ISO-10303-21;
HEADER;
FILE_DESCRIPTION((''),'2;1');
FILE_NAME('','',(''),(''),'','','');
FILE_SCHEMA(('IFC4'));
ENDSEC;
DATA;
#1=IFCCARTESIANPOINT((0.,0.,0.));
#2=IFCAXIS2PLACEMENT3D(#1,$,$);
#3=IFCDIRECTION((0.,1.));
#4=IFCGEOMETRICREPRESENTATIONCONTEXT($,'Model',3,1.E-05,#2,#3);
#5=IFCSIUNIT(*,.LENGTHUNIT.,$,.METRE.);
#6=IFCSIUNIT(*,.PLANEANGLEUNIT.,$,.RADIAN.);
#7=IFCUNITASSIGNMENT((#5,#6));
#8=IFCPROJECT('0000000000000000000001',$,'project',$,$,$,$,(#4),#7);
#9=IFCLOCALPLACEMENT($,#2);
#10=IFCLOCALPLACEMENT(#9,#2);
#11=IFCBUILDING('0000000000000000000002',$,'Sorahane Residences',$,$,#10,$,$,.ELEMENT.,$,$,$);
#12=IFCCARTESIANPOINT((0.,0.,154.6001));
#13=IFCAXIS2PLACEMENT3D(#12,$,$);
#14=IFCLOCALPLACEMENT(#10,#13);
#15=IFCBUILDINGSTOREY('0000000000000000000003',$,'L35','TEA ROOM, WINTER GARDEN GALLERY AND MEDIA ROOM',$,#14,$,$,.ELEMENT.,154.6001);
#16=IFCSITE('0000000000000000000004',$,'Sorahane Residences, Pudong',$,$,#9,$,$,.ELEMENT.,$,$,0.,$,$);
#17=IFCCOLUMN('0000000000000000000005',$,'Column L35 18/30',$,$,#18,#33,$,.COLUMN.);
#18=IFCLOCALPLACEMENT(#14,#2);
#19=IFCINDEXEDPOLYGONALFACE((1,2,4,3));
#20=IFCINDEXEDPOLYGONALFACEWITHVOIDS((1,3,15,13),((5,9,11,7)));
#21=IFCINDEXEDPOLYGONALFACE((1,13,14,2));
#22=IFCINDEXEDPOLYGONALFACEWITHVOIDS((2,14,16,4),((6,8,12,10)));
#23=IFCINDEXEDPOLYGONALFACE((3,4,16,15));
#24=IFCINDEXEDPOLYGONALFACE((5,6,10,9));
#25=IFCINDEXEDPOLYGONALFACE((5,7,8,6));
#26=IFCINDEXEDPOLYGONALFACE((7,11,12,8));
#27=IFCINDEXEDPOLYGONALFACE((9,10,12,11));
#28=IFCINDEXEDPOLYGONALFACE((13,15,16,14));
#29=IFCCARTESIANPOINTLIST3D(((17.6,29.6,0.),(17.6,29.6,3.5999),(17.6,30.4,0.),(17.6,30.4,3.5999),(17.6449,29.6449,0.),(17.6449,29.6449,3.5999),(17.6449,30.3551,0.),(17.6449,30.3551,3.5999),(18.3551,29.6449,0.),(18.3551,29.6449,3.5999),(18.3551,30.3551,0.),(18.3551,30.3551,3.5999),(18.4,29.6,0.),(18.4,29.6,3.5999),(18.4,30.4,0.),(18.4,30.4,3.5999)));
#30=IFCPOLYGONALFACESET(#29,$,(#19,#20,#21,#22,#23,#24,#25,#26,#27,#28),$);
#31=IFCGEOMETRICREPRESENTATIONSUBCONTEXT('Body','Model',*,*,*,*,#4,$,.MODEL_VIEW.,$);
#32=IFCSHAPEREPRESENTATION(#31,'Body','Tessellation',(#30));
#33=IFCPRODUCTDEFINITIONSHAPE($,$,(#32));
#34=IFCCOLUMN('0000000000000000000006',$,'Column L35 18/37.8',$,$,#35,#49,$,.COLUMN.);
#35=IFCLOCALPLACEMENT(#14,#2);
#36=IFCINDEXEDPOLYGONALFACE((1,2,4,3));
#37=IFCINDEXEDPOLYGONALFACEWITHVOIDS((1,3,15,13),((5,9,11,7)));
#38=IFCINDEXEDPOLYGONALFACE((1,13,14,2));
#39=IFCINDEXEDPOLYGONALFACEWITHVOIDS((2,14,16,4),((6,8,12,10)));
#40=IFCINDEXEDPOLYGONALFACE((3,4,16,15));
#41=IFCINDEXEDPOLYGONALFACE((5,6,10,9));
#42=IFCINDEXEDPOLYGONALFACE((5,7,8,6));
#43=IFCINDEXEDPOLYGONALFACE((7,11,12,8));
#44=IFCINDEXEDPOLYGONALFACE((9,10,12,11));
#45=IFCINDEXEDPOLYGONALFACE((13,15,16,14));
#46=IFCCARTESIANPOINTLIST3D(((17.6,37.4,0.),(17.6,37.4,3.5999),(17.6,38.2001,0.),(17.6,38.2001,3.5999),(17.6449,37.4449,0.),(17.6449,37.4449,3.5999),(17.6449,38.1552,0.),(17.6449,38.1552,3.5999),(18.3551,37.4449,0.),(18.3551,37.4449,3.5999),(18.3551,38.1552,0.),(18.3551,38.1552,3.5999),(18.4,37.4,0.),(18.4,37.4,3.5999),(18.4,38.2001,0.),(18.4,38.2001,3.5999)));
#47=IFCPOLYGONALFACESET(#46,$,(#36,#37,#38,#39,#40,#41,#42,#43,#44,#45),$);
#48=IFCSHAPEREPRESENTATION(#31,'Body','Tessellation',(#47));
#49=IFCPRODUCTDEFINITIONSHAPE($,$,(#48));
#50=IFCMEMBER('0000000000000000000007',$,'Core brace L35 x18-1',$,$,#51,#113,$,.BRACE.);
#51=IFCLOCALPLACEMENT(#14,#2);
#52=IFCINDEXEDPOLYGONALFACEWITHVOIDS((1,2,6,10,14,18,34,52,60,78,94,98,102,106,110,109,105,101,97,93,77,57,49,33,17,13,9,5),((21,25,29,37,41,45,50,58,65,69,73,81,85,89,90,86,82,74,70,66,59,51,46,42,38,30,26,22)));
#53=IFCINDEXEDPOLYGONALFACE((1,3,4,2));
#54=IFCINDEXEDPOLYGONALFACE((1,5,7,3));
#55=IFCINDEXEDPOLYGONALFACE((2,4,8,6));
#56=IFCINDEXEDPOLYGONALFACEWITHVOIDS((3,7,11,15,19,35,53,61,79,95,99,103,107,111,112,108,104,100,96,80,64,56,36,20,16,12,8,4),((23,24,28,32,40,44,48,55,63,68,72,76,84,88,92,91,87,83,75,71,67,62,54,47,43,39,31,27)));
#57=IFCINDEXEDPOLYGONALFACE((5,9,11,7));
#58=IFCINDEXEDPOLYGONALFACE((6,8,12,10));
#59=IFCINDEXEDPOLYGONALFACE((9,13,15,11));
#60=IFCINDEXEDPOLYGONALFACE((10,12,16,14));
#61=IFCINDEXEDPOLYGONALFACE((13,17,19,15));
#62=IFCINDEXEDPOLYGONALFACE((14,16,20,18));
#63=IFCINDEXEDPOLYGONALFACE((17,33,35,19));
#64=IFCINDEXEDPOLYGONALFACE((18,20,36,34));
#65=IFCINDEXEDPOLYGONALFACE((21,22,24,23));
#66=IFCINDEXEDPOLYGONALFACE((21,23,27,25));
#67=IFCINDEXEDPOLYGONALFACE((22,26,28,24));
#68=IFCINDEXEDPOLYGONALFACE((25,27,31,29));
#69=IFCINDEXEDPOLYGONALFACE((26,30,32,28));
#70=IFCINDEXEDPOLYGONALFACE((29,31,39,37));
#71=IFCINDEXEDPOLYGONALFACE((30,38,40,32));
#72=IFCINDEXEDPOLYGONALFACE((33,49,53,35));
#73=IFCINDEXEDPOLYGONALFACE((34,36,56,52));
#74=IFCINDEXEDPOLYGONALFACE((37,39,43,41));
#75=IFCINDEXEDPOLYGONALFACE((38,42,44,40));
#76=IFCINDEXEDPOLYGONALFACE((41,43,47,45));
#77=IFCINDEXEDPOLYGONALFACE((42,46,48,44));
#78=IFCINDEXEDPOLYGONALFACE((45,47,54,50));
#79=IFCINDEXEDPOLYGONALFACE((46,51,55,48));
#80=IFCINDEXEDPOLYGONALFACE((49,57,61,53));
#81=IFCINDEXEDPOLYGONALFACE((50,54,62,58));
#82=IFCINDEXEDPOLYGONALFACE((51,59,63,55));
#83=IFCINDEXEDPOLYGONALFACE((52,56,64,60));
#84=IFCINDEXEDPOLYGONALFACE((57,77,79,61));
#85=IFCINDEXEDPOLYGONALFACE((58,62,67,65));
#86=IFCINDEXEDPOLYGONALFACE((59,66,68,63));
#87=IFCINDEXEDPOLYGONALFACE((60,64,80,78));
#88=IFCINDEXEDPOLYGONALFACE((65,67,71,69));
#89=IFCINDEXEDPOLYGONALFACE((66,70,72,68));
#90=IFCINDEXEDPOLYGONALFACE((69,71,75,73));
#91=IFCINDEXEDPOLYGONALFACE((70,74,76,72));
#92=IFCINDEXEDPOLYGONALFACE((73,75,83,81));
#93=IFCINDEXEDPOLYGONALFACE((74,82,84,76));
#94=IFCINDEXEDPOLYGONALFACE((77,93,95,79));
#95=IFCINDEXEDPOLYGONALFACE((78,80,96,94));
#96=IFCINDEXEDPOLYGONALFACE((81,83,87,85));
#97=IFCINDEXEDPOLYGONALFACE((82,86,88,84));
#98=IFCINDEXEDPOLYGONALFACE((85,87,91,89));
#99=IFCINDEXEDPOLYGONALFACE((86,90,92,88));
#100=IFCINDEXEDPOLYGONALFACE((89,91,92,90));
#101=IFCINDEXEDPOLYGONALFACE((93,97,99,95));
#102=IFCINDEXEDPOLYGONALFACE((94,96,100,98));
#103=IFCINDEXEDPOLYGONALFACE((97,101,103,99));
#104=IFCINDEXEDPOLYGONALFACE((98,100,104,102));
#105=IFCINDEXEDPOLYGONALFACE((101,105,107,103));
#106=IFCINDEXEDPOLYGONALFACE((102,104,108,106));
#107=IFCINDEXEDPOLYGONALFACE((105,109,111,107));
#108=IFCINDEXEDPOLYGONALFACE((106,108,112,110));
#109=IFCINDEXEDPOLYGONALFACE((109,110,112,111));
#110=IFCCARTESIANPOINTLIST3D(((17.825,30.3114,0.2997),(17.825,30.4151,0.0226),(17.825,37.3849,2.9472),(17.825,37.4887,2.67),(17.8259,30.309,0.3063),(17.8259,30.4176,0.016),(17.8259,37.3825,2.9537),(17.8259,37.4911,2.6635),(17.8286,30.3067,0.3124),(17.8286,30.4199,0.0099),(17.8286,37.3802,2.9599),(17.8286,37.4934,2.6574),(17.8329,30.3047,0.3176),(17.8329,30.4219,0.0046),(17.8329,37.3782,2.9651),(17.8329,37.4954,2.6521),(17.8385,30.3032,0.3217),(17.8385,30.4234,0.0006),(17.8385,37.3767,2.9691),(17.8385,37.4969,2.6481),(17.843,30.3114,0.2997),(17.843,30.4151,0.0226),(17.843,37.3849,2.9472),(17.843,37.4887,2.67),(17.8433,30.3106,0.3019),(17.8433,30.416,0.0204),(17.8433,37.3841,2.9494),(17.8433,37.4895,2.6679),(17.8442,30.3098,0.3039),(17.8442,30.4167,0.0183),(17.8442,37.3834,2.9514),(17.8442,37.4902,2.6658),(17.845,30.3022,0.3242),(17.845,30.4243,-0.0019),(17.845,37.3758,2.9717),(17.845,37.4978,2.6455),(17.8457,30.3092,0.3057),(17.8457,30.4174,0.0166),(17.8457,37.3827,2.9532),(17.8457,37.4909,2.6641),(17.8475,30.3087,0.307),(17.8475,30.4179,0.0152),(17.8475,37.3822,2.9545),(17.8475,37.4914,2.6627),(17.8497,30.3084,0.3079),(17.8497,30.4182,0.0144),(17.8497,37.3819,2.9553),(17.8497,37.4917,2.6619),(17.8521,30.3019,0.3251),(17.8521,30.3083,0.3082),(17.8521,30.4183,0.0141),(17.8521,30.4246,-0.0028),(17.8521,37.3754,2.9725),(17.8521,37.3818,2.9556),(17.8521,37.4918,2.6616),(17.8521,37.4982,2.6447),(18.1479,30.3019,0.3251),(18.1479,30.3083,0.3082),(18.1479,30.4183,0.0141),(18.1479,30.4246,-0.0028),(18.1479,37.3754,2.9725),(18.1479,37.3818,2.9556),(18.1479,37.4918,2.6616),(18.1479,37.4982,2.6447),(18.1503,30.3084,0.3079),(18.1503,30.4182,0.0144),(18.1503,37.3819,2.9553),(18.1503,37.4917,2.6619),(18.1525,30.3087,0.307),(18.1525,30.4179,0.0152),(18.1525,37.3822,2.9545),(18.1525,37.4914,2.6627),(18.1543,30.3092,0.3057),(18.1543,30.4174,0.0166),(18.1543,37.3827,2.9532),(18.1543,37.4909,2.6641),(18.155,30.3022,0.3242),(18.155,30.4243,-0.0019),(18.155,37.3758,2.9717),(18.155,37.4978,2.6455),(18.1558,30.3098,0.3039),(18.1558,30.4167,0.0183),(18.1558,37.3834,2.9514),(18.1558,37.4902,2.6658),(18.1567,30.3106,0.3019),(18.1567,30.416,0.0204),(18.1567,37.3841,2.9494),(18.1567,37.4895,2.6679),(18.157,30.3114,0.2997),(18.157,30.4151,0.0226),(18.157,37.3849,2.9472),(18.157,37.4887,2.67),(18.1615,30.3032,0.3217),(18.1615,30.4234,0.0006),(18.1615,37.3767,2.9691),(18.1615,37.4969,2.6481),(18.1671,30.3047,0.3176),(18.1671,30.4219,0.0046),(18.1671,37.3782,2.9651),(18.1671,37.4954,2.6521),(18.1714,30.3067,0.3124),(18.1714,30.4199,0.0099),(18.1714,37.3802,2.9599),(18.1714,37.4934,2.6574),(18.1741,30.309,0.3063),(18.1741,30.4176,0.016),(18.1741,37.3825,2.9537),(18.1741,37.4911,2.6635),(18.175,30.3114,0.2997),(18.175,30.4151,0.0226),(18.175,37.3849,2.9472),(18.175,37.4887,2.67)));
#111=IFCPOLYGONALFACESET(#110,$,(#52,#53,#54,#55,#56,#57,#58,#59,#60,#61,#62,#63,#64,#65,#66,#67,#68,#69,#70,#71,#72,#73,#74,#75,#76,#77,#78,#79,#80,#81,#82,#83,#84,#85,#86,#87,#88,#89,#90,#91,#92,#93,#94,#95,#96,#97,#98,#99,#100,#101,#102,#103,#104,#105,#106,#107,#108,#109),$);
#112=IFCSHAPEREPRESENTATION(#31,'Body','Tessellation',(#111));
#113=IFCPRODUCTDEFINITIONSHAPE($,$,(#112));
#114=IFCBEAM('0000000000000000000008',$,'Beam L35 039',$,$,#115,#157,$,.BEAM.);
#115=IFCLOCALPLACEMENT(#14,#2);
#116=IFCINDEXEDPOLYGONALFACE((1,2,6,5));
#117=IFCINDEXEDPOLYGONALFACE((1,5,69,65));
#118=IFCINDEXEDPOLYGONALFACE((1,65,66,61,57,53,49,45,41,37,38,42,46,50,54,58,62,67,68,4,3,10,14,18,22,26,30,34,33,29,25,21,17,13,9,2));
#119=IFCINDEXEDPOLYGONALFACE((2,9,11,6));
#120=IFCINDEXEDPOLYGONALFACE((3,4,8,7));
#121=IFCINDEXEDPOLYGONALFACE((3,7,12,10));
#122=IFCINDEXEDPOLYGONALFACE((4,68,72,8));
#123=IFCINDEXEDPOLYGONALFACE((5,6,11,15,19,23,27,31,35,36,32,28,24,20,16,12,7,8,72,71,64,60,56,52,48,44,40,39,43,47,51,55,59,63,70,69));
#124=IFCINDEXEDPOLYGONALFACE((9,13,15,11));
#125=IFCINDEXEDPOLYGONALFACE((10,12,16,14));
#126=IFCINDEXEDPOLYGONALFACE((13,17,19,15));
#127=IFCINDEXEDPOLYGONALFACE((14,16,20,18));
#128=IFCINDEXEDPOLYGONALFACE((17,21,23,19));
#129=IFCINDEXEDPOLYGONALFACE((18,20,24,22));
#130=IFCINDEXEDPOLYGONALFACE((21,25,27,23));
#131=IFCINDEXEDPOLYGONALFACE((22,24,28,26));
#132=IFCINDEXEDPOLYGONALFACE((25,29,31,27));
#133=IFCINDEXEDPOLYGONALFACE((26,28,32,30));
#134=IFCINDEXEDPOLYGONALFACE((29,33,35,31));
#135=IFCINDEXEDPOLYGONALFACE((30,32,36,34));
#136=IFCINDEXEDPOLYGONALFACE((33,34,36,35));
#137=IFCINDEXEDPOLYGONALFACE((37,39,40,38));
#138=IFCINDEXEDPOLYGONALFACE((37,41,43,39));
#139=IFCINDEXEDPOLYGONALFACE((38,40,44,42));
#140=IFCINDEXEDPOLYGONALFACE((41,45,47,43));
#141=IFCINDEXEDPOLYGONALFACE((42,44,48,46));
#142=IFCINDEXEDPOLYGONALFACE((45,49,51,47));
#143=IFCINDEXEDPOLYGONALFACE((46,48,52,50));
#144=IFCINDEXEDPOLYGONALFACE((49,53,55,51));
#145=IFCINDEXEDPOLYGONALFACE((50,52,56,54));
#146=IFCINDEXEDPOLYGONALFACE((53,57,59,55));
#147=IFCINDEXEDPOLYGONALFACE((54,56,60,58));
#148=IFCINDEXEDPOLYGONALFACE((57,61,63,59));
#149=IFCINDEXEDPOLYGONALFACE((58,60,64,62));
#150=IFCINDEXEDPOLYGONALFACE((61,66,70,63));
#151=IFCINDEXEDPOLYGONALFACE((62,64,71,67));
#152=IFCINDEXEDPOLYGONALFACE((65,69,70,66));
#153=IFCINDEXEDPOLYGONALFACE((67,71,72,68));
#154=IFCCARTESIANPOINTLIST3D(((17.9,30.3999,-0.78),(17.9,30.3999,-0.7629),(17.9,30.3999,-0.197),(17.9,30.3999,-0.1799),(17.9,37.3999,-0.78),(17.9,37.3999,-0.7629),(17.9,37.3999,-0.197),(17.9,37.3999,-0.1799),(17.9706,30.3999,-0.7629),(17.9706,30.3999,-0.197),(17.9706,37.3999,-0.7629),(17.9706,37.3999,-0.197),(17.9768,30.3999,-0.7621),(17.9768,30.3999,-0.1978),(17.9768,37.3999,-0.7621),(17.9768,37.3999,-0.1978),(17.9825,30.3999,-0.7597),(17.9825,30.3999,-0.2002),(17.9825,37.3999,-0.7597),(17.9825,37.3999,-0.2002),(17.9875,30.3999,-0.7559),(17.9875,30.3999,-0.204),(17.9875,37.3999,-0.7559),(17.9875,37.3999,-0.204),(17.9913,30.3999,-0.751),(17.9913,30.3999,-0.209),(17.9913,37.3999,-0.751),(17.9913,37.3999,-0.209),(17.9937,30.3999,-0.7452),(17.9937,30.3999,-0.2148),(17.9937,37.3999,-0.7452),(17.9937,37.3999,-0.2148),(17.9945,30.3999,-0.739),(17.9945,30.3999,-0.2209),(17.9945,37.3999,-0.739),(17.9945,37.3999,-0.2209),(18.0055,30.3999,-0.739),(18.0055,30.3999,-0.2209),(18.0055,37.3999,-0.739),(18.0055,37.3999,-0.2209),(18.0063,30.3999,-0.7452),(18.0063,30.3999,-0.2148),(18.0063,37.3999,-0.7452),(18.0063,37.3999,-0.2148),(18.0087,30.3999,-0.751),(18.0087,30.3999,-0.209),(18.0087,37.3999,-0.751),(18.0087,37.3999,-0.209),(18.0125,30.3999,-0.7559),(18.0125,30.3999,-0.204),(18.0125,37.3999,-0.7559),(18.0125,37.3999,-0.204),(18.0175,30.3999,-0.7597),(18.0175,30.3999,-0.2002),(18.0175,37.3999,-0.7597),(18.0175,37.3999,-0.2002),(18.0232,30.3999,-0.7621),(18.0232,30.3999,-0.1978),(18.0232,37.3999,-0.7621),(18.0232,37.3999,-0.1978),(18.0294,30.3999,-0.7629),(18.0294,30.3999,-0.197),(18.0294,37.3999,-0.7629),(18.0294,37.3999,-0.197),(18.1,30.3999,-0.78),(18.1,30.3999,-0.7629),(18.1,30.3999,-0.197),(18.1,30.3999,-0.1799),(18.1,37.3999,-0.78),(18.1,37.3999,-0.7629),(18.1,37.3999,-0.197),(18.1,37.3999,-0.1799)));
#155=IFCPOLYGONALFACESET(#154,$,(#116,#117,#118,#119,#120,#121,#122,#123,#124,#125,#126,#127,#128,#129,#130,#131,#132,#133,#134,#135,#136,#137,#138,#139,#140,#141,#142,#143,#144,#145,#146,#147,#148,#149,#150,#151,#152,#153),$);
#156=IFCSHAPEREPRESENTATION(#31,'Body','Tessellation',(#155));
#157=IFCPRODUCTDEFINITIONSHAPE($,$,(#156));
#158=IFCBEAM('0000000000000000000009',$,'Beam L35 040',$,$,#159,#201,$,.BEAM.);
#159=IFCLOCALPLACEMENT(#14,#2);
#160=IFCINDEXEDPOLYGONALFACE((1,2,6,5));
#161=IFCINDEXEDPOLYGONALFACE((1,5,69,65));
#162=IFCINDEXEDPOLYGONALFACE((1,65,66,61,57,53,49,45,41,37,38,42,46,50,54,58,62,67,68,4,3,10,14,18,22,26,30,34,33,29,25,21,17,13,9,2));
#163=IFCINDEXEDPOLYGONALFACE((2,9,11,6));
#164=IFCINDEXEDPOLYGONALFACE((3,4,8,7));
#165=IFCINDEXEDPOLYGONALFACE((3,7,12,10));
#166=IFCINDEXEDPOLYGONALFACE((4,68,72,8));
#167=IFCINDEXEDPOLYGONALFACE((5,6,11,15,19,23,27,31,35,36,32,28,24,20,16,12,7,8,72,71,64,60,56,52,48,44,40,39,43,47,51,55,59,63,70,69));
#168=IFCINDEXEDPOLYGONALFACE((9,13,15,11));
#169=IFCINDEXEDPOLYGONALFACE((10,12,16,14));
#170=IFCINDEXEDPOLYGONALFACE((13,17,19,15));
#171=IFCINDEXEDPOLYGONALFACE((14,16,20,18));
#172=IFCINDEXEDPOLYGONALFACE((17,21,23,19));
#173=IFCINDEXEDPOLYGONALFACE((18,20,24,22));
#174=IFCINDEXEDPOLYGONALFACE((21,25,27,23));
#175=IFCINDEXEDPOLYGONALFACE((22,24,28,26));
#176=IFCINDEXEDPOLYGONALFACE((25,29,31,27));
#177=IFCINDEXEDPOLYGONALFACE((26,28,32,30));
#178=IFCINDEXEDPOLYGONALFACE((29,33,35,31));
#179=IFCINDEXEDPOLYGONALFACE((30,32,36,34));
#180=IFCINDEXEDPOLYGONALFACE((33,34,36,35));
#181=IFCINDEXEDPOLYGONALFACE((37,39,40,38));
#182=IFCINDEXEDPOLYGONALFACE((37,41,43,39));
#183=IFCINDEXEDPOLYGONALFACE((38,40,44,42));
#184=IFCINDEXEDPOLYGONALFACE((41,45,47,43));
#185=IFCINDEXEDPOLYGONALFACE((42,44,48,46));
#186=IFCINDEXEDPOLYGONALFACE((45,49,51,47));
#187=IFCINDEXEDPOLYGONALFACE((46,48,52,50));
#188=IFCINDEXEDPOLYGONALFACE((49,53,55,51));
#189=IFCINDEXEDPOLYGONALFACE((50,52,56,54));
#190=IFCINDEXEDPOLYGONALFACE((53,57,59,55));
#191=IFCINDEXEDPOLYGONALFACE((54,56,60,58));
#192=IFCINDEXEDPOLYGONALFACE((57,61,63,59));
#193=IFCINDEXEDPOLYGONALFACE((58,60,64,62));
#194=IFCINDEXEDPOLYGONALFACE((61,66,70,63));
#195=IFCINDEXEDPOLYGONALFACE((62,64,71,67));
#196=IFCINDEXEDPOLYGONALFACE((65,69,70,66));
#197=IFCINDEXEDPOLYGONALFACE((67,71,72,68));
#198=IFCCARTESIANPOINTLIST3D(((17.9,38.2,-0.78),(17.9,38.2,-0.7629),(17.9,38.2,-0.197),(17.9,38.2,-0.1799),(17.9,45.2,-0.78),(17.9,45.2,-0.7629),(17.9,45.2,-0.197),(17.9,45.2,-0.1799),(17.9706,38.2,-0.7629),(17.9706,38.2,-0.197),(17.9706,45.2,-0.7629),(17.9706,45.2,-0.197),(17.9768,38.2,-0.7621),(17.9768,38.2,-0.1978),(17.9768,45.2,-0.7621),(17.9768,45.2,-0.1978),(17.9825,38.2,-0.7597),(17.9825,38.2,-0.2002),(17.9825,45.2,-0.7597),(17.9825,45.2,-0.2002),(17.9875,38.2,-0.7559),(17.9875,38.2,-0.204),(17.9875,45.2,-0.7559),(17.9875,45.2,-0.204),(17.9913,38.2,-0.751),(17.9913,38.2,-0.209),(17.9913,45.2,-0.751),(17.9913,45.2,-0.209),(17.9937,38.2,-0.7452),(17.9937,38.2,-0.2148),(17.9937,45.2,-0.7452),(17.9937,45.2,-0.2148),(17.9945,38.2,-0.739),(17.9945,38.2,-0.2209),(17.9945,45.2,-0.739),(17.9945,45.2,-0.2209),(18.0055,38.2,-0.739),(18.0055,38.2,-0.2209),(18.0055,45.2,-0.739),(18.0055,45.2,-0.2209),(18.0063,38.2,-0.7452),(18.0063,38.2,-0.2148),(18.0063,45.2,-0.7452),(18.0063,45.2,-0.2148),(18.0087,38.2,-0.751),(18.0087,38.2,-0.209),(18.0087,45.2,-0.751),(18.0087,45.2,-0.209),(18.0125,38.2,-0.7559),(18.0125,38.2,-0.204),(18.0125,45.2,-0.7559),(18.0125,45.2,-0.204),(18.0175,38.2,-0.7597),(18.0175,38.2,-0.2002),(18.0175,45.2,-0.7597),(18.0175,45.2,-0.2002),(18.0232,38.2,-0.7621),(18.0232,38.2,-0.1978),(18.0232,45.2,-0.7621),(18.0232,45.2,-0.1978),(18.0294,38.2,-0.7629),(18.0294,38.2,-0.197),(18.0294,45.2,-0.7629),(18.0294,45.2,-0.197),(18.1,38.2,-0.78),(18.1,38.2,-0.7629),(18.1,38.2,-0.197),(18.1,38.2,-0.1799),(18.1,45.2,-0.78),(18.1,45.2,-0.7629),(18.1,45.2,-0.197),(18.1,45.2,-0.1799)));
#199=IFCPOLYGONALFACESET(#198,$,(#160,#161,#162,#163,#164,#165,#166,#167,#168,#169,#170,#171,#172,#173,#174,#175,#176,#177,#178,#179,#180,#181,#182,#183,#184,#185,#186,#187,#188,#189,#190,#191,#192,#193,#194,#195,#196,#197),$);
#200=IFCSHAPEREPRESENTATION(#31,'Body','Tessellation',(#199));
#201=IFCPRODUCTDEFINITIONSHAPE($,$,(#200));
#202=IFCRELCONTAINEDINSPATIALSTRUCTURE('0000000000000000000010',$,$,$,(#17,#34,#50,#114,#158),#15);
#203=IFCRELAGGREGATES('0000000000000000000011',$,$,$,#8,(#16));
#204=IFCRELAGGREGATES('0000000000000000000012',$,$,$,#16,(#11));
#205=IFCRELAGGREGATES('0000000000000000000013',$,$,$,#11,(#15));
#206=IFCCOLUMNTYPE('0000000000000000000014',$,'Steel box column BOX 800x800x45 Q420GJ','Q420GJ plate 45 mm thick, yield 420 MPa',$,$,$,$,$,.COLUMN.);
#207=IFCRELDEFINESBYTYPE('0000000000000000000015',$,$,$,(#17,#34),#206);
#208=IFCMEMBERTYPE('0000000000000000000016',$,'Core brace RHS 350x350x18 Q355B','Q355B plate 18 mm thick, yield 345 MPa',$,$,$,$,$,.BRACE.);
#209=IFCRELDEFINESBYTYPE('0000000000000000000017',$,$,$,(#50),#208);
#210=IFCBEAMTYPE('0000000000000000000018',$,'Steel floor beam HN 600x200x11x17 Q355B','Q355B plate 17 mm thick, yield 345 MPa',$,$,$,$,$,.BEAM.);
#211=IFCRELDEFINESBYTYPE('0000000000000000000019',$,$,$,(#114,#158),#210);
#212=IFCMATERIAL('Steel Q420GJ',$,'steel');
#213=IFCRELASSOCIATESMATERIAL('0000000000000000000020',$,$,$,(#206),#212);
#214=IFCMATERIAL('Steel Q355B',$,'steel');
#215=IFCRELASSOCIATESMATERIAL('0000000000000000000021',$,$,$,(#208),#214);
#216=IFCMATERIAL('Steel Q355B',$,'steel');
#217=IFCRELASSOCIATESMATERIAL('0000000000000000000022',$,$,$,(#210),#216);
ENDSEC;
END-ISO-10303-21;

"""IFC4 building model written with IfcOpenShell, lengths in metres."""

from ifc_helpers import new_model, si_unit, direction, frame, origin, origin_2d, place, context, subcontext, project, spatial, hollow_rectangle, i_section, extrude, material, material_profile, profile_set, type_object, element, save


model = new_model("IFC4")

# Units and contexts
model_context = context("Model", 3, precision=1e-05, world=origin(), true_north=direction((0.0, 1.0)))
body_context = subcontext(model_context, "Body", "Model", "MODEL_VIEW")
ifc_project = project(units=[si_unit("LENGTHUNIT", "METRE"), si_unit("PLANEANGLEUNIT", "RADIAN")], contexts=[model_context])

# Site, building, storey
site_placement = place(None, origin())
site = spatial("IfcSite", under=ifc_project, at=site_placement, Name="Sorahane Residences, Pudong", CompositionType="ELEMENT", RefElevation=0.0)
building_placement = place(site_placement, origin())
building = spatial("IfcBuilding", under=site, at=building_placement, Name="Sorahane Residences", CompositionType="ELEMENT")
storey_placement = place(building_placement, frame((0.0, 0.0, 154.6001)))
storey = spatial("IfcBuildingStorey", under=building, at=storey_placement, Name="L35", Description="TEA ROOM, WINTER GARDEN GALLERY AND MEDIA ROOM", CompositionType="ELEMENT", Elevation=154.6001)

# Columns
ifc_material_1 = material(Name="Steel Q420GJ", Category="steel")
ifc_material_profile_1 = material_profile(ifc_material_1, hollow_rectangle(XDim=0.8, YDim=0.8, WallThickness=0.0449, at=origin_2d()), Name="BOX 800x800x45")
ifc_profile_set_1 = profile_set([ifc_material_profile_1], Name="Steel Q420GJ")
column_type = type_object("IfcColumnType", Name="Steel box column BOX 800x800x45 Q420GJ", Description="Q420GJ plate 45 mm thick, yield 420 MPa", PredefinedType="COLUMN", material=ifc_profile_set_1)
for number, where, z_axis, x_axis, name in (
    (1, (18.0, 30.0, 0.0), (0.0, 0.0, 1.0), (1.0, 0.0, 0.0), "Column L35 18/30"),
    (2, (18.0, 37.8, 0.0), (0.0, 0.0, 1.0), (1.0, 0.0, 0.0), "Column L35 18/37.8"),
):
    element("IfcColumn", number, at=place(storey_placement, frame(where, z_axis=z_axis, x_axis=x_axis)), inside=storey, type_object=column_type, Name=name, PredefinedType="COLUMN", context=body_context, shape_type="SweptSolid", body=[
        extrude(hollow_rectangle(XDim=0.8, YDim=0.8, WallThickness=0.0449, at=origin_2d()), origin(), (0.0, 0.0, 1.0), 3.5999),
    ])

# Member
ifc_material_2 = material(Name="Steel Q355B", Category="steel")
ifc_material_profile_2 = material_profile(ifc_material_2, hollow_rectangle(XDim=0.3501, YDim=0.3501, WallThickness=0.0181, InnerFilletRadius=0.009, OuterFilletRadius=0.0271, at=origin_2d()), Name="RHS 350x350x18")
ifc_profile_set_2 = profile_set([ifc_material_profile_2], Name="Steel Q355B")
member_type = type_object("IfcMemberType", Name="Core brace RHS 350x350x18 Q355B", Description="Q355B plate 18 mm thick, yield 345 MPa", PredefinedType="BRACE", material=ifc_profile_set_2)
member_placement = place(storey_placement, frame((18.0, 30.3633, 0.1611), z_axis=(0.0, 0.936551, 0.350532), x_axis=(-1.0, 0.0, 0.0)))
element("IfcMember", 3, at=member_placement, inside=storey, type_object=member_type, Name="Core brace L35 x18-1", PredefinedType="BRACE", context=body_context, shape_type="SweptSolid", body=[
    extrude(hollow_rectangle(XDim=0.3501, YDim=0.3501, WallThickness=0.0181, InnerFilletRadius=0.009, OuterFilletRadius=0.0271, at=origin_2d()), origin(), (0.0, 0.0, 1.0), 7.5527),
])

# Beams
ifc_material_3 = material(Name="Steel Q355B", Category="steel")
ifc_material_profile_3 = material_profile(ifc_material_3, i_section(OverallWidth=0.2, OverallDepth=0.6001, WebThickness=0.011, FlangeThickness=0.0171, FilletRadius=0.0239, at=origin_2d()), Name="HN 600x200x11x17")
ifc_profile_set_3 = profile_set([ifc_material_profile_3], Name="Steel Q355B")
beam_type = type_object("IfcBeamType", Name="Steel floor beam HN 600x200x11x17 Q355B", Description="Q355B plate 17 mm thick, yield 345 MPa", PredefinedType="BEAM", material=ifc_profile_set_3)
for number, where, z_axis, x_axis, name in (
    (4, (18.0, 30.3999, -0.48), (0.0, 1.0, 0.0), (-1.0, 0.0, 0.0), "Beam L35 039"),
    (5, (18.0, 38.2, -0.48), (0.0, 1.0, 0.0), (-1.0, 0.0, 0.0), "Beam L35 040"),
):
    element("IfcBeam", number, at=place(storey_placement, frame(where, z_axis=z_axis, x_axis=x_axis)), inside=storey, type_object=beam_type, Name=name, PredefinedType="BEAM", context=body_context, shape_type="SweptSolid", body=[
        extrude(i_section(OverallWidth=0.2, OverallDepth=0.6001, WebThickness=0.011, FlangeThickness=0.0171, FilletRadius=0.0239, at=origin_2d()), origin(), (0.0, 0.0, 1.0), 7.0),
    ])

save(model, "model.ifc")
